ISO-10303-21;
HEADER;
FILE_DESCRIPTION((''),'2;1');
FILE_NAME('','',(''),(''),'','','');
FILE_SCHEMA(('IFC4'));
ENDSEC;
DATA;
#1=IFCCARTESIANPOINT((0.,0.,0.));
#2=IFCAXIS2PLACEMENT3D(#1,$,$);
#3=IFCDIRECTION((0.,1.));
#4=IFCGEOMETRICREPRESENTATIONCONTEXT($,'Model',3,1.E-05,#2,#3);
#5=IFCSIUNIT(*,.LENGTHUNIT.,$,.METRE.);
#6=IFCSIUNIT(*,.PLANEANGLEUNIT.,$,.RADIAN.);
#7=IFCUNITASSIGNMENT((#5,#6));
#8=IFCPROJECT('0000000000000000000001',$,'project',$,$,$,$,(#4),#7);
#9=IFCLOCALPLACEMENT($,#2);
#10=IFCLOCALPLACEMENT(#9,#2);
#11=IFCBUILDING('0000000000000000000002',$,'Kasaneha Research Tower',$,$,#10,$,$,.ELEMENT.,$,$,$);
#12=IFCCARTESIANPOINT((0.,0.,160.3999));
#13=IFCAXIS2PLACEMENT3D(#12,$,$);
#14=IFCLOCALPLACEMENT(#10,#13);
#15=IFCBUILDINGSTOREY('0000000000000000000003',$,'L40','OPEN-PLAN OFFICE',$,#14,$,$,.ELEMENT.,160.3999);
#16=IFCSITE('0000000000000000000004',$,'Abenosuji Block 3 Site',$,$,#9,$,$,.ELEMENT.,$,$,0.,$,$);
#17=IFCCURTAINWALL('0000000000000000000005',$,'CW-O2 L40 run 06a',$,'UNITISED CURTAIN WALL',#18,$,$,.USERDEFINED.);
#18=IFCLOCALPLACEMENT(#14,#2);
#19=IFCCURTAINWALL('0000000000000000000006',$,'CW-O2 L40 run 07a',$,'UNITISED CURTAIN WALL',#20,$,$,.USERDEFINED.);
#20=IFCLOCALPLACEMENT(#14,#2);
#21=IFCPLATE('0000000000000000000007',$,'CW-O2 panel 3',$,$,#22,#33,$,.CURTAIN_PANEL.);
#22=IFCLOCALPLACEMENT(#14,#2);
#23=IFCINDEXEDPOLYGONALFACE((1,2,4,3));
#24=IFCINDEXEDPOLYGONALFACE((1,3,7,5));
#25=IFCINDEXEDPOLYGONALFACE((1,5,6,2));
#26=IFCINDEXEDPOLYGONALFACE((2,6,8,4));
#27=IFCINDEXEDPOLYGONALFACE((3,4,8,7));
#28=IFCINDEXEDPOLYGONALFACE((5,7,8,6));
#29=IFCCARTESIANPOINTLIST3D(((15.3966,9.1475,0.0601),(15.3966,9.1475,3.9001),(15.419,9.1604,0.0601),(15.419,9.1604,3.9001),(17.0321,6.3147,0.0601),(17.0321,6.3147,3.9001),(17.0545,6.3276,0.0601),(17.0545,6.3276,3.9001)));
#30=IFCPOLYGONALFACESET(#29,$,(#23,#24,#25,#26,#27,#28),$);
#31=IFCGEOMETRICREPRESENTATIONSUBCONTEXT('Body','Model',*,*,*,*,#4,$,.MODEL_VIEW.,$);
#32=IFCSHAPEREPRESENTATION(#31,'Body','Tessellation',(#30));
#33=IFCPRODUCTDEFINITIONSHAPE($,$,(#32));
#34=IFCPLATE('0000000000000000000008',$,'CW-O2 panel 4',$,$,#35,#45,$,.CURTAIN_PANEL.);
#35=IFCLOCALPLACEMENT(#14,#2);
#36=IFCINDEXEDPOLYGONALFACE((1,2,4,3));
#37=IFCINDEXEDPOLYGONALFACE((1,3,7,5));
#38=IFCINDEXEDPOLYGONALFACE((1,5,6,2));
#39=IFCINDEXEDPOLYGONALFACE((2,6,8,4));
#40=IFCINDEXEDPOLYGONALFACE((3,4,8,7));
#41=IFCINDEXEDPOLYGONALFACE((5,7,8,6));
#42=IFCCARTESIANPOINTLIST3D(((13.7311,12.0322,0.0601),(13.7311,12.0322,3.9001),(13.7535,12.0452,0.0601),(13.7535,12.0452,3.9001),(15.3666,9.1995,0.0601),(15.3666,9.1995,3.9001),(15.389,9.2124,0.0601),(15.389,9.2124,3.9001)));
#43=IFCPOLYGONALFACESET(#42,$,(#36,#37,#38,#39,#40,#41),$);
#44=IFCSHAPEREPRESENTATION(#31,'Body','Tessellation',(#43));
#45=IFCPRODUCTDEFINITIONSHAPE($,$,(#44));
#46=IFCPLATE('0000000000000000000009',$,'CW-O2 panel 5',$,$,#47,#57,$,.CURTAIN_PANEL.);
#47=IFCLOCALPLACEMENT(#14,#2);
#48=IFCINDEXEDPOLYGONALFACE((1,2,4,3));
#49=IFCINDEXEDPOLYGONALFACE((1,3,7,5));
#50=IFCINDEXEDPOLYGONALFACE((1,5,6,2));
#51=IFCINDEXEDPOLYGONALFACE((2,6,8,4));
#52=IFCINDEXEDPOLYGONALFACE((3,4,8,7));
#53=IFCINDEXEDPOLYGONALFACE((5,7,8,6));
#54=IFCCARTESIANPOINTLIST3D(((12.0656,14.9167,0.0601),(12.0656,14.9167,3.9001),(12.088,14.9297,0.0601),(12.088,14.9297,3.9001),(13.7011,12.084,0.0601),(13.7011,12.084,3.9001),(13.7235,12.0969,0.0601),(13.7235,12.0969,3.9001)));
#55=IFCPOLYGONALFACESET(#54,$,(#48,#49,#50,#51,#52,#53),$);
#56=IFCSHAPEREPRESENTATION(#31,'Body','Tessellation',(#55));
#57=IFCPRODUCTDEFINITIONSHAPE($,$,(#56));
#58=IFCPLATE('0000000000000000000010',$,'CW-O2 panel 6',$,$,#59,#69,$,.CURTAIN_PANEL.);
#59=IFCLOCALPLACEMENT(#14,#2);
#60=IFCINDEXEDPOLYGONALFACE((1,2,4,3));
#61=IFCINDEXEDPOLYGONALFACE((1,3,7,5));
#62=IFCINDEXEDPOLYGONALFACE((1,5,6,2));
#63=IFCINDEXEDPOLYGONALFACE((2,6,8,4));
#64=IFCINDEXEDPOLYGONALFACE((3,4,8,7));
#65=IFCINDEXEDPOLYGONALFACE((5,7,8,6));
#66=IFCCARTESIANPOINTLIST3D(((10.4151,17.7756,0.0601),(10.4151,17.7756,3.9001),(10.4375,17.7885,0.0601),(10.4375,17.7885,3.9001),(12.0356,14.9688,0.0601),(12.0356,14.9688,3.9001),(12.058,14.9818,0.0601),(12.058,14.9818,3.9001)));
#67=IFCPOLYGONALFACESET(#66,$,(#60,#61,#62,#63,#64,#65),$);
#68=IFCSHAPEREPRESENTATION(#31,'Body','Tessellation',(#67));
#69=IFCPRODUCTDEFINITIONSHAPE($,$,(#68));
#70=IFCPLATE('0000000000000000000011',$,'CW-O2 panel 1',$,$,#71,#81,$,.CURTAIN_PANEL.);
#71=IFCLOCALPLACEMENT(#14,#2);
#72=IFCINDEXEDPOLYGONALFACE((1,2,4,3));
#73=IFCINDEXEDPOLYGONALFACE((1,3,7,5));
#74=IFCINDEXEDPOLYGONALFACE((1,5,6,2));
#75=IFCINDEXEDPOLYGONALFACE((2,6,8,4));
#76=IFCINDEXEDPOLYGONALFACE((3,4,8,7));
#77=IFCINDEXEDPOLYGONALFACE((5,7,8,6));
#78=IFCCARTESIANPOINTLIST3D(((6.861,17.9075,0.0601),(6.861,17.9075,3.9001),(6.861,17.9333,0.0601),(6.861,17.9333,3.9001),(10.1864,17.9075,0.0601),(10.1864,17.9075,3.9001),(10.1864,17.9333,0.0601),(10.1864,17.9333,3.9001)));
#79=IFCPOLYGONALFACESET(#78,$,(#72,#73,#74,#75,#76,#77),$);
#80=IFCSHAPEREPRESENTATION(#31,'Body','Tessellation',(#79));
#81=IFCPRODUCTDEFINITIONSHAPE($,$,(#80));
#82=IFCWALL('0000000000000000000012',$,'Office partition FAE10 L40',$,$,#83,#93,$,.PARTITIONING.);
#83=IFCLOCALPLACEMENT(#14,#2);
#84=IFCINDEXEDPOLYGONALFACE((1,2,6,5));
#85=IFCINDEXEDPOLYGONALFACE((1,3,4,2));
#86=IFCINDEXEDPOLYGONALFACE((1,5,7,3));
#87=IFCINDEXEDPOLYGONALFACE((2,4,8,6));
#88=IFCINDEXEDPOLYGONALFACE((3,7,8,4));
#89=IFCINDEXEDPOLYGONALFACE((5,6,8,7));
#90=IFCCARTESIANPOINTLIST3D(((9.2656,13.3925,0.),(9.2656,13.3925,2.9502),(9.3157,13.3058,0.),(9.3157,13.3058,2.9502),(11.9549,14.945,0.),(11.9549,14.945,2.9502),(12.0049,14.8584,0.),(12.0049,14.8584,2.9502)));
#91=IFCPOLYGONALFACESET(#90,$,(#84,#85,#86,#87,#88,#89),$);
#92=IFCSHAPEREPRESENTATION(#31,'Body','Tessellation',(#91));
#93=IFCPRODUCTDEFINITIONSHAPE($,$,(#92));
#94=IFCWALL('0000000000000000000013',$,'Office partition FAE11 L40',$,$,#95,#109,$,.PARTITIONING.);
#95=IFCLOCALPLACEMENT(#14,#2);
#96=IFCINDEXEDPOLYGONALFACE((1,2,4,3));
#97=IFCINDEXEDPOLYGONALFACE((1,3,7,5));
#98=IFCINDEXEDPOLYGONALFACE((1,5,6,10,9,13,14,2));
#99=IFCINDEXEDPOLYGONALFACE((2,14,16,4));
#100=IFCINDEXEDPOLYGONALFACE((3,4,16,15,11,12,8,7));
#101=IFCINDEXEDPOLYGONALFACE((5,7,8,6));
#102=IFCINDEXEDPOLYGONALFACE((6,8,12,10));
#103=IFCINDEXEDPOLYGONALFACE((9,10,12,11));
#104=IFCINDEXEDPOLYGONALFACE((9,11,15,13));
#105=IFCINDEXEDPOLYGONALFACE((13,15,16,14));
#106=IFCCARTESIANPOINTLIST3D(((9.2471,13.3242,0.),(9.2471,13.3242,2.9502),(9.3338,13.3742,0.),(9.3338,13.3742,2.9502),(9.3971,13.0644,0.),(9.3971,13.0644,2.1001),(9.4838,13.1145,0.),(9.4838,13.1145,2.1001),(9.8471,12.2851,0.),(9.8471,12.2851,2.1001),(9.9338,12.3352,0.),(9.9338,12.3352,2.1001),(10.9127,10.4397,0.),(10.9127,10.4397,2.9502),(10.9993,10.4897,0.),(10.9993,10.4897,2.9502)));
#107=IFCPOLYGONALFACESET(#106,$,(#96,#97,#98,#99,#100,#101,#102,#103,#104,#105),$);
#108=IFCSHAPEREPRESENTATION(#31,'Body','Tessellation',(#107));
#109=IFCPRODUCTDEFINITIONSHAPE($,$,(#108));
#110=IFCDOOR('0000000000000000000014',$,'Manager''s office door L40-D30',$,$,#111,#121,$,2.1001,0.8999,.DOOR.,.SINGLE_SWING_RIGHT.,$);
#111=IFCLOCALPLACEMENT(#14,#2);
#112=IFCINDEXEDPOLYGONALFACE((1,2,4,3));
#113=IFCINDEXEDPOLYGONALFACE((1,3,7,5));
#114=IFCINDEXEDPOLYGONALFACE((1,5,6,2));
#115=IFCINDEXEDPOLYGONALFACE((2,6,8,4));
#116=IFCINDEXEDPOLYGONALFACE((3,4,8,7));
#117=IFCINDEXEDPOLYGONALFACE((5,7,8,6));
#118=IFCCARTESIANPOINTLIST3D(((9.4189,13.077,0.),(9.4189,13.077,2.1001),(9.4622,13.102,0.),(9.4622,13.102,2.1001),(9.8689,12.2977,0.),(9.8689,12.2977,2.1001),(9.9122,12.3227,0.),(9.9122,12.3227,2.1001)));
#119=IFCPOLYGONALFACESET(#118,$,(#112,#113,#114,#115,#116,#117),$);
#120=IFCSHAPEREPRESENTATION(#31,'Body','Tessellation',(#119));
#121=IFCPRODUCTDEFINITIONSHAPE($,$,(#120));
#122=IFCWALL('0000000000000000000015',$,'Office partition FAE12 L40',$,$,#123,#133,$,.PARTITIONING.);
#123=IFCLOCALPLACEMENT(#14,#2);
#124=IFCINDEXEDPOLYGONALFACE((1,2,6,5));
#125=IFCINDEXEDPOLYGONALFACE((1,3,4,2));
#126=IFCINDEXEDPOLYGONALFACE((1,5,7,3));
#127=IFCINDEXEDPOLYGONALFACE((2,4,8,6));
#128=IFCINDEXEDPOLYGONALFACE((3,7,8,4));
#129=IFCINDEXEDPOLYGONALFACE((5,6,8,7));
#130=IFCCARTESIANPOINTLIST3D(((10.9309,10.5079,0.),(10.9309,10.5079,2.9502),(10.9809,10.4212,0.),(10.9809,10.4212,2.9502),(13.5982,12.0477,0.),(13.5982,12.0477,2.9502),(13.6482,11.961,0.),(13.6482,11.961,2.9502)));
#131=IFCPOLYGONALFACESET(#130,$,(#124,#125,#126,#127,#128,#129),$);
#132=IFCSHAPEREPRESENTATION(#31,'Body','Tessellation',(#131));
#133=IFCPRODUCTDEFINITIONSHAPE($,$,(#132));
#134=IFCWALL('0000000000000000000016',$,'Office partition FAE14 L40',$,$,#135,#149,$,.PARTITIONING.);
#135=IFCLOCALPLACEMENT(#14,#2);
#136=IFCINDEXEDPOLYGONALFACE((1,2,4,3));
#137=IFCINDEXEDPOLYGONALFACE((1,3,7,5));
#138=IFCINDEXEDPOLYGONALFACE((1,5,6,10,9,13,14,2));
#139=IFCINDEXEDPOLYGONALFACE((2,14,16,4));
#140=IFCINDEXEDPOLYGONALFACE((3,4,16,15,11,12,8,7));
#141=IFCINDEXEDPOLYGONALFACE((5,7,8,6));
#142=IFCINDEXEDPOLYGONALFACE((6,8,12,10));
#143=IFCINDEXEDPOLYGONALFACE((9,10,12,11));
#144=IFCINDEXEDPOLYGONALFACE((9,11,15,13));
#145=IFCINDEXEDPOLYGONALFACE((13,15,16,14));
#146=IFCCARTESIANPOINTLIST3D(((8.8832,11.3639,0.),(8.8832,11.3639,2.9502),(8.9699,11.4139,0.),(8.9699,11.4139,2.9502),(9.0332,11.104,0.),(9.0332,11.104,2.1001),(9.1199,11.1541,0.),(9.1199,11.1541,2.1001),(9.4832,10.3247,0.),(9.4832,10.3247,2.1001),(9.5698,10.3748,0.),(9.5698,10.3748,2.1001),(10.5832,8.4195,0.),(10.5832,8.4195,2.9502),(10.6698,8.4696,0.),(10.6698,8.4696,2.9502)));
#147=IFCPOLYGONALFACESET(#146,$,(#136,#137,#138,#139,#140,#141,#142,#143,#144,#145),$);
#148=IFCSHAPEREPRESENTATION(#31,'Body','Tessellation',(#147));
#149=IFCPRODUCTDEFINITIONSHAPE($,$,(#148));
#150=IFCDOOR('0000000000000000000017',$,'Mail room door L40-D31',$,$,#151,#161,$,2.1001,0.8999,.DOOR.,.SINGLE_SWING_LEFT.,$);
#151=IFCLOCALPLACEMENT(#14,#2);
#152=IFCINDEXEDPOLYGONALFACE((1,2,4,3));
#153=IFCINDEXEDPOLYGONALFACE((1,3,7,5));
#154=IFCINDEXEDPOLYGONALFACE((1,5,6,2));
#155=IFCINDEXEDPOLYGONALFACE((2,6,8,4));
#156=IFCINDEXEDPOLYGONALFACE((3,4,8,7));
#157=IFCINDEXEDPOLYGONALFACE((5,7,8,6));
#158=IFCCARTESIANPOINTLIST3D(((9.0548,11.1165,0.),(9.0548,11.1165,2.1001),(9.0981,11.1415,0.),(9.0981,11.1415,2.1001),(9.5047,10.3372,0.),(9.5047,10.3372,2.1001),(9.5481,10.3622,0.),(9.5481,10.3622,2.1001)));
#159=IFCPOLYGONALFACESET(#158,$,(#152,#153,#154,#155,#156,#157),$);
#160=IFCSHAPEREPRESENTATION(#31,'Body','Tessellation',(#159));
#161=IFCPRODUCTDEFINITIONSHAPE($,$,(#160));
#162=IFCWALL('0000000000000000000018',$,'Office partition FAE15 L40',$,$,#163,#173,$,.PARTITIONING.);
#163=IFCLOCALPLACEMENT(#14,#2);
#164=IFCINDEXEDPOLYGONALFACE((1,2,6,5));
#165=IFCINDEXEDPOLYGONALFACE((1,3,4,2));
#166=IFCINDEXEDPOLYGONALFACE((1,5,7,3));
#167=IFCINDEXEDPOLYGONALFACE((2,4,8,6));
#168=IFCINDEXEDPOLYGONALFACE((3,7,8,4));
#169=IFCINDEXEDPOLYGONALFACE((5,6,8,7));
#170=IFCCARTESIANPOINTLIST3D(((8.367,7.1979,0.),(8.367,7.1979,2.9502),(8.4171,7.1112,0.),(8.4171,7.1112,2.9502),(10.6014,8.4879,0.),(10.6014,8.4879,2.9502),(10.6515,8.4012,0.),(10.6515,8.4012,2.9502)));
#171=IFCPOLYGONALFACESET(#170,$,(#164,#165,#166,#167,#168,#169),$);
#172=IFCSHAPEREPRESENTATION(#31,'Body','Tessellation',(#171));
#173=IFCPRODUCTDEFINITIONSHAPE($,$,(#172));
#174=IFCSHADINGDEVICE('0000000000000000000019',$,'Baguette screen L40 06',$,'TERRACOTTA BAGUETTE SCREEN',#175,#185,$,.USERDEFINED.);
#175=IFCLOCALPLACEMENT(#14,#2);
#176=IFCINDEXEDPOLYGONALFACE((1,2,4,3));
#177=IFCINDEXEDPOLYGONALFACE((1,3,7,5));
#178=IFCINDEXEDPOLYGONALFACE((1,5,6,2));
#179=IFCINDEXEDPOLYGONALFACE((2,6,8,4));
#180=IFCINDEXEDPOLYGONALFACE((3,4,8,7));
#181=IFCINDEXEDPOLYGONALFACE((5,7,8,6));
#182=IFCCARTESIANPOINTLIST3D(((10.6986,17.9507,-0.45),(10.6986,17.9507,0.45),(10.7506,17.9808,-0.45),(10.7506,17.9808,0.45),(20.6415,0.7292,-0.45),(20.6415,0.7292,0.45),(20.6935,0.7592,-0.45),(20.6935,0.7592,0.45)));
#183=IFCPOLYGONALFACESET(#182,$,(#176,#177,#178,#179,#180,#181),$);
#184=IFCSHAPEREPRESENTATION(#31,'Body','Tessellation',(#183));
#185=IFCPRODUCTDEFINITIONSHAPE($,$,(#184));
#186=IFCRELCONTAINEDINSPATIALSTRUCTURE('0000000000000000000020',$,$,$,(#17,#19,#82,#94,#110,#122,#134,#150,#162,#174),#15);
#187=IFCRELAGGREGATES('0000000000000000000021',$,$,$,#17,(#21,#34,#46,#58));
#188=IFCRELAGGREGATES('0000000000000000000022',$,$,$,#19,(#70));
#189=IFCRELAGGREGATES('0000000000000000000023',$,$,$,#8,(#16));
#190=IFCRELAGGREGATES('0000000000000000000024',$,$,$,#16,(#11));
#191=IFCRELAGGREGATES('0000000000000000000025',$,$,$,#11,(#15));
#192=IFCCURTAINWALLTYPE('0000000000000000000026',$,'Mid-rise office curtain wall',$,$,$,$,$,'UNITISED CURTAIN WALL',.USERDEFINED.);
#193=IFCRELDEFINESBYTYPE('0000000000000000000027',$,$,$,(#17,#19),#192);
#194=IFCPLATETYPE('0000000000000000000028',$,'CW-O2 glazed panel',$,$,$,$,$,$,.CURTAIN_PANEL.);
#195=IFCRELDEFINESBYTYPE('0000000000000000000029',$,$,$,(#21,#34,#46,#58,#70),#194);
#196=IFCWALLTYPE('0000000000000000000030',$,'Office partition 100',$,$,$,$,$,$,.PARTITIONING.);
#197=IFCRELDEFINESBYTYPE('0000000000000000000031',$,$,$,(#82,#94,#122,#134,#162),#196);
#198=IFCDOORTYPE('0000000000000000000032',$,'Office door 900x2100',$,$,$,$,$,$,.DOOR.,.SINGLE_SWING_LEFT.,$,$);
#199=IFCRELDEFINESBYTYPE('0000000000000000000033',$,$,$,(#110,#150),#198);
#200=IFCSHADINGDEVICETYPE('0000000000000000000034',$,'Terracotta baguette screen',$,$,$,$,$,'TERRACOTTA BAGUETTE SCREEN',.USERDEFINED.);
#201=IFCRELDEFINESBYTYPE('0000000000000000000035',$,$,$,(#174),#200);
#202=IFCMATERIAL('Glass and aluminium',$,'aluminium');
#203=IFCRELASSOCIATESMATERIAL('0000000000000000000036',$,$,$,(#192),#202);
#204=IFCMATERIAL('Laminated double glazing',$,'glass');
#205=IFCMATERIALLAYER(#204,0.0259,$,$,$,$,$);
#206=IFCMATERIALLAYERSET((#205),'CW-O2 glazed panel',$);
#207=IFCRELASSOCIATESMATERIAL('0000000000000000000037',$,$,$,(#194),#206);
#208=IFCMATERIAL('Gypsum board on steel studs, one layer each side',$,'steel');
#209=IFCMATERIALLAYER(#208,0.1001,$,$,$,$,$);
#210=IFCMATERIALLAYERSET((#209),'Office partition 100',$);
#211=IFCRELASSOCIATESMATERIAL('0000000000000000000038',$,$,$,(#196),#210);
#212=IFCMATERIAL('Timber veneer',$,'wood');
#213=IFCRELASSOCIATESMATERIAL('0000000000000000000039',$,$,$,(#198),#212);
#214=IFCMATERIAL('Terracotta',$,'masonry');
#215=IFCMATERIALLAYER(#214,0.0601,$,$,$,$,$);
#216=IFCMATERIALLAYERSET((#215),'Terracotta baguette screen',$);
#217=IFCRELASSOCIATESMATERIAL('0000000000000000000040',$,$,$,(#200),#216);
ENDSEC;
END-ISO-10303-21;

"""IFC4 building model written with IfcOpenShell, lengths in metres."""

from ifc_helpers import new_model, si_unit, direction, frame, frame_2d, origin, origin_2d, place, context, subcontext, project, spatial, rectangle, extrude, material, layer, layer_set, type_object, element, fill, aggregate, save


model = new_model("IFC4")

# Units and contexts
model_context = context("Model", 3, precision=1e-05, world=origin(), true_north=direction((0.0, 1.0)))
body_context = subcontext(model_context, "Body", "Model", "MODEL_VIEW")
ifc_project = project(units=[si_unit("LENGTHUNIT", "METRE"), si_unit("PLANEANGLEUNIT", "RADIAN")], contexts=[model_context])

# Site, building, storey
site_placement = place(None, origin())
site = spatial("IfcSite", under=ifc_project, at=site_placement, Name="Abenosuji Block 3 Site", CompositionType="ELEMENT", RefElevation=0.0)
building_placement = place(site_placement, origin())
building = spatial("IfcBuilding", under=site, at=building_placement, Name="Kasaneha Research Tower", CompositionType="ELEMENT")
storey_placement = place(building_placement, frame((0.0, 0.0, 160.3999)))
storey = spatial("IfcBuildingStorey", under=building, at=storey_placement, Name="L40", Description="OPEN-PLAN OFFICE", CompositionType="ELEMENT", Elevation=160.3999)

# Curtain wall
ifc_material_1 = material(Name="Glass and aluminium", Category="aluminium")
curtain_wall_type = type_object("IfcCurtainWallType", Name="Mid-rise office curtain wall", ElementType="UNITISED CURTAIN WALL", PredefinedType="USERDEFINED", material=ifc_material_1)
curtain_wall_1_placement = place(storey_placement, origin())
curtain_wall_1 = element("IfcCurtainWall", 1, at=curtain_wall_1_placement, inside=storey, type_object=curtain_wall_type, Name="CW-O2 L40 run 06a", ObjectType="UNITISED CURTAIN WALL", PredefinedType="USERDEFINED")

# Curtain wall
curtain_wall_2_placement = place(storey_placement, origin())
curtain_wall_2 = element("IfcCurtainWall", 2, at=curtain_wall_2_placement, inside=storey, type_object=curtain_wall_type, Name="CW-O2 L40 run 07a", ObjectType="UNITISED CURTAIN WALL", PredefinedType="USERDEFINED")

# Plates
ifc_material_2 = material(Name="Laminated double glazing", Category="glass")
ifc_layer_1 = layer(ifc_material_2, 0.0259)
ifc_layer_set_1 = layer_set([ifc_layer_1], Name="CW-O2 glazed panel")
plate_type = type_object("IfcPlateType", Name="CW-O2 glazed panel", PredefinedType="CURTAIN_PANEL", material=ifc_layer_set_1)
plate_1_placement = place(storey_placement, frame((16.2256, 7.7375, 0.0601), z_axis=(0.0, 0.0, 1.0), x_axis=(-0.5, 0.866025, 0.0)))
plate_1 = element("IfcPlate", 3, at=plate_1_placement, type_object=plate_type, Name="CW-O2 panel 3", PredefinedType="CURTAIN_PANEL", context=body_context, shape_type="SweptSolid", body=[
    extrude(rectangle(XDim=3.271, YDim=0.0259, at=origin_2d()), origin(), (0.0, 0.0, 1.0), 3.8401),
])
plate_2_placement = place(storey_placement, frame((14.5601, 10.6223, 0.0601), z_axis=(0.0, 0.0, 1.0), x_axis=(-0.5, 0.866025, 0.0)))
plate_2 = element("IfcPlate", 4, at=plate_2_placement, type_object=plate_type, Name="CW-O2 panel 4", PredefinedType="CURTAIN_PANEL", context=body_context, shape_type="SweptSolid", body=[
    extrude(rectangle(XDim=3.271, YDim=0.0259, at=origin_2d()), origin(), (0.0, 0.0, 1.0), 3.8401),
])
plate_3_placement = place(storey_placement, frame((12.8945, 13.5068, 0.0601), z_axis=(0.0, 0.0, 1.0), x_axis=(-0.5, 0.866025, 0.0)))
plate_3 = element("IfcPlate", 5, at=plate_3_placement, type_object=plate_type, Name="CW-O2 panel 5", PredefinedType="CURTAIN_PANEL", context=body_context, shape_type="SweptSolid", body=[
    extrude(rectangle(XDim=3.271, YDim=0.0259, at=origin_2d()), origin(), (0.0, 0.0, 1.0), 3.8401),
])
plate_4_placement = place(storey_placement, frame((11.2366, 16.3787, 0.0601), z_axis=(0.0, 0.0, 1.0), x_axis=(-0.5, 0.866025, 0.0)))
plate_4 = element("IfcPlate", 6, at=plate_4_placement, type_object=plate_type, Name="CW-O2 panel 6", PredefinedType="CURTAIN_PANEL", context=body_context, shape_type="SweptSolid", body=[
    extrude(rectangle(XDim=3.241, YDim=0.0259, at=origin_2d()), origin(), (0.0, 0.0, 1.0), 3.8401),
])
aggregate(curtain_wall_1, [plate_1, plate_2, plate_3, plate_4])
plate_5_placement = place(storey_placement, frame((8.5237, 17.9204, 0.0601), z_axis=(0.0, 0.0, 1.0), x_axis=(-1.0, 0.0, 0.0)))
plate_5 = element("IfcPlate", 7, at=plate_5_placement, type_object=plate_type, Name="CW-O2 panel 1", PredefinedType="CURTAIN_PANEL", context=body_context, shape_type="SweptSolid", body=[
    extrude(rectangle(XDim=3.3254, YDim=0.0259, at=origin_2d()), origin(), (0.0, 0.0, 1.0), 3.8401),
])
aggregate(curtain_wall_2, [plate_5])

# Wall
ifc_material_3 = material(Name="Gypsum board on steel studs, one layer each side", Category="steel")
ifc_layer_2 = layer(ifc_material_3, 0.1001)
ifc_layer_set_2 = layer_set([ifc_layer_2], Name="Office partition 100")
wall_type = type_object("IfcWallType", Name="Office partition 100", PredefinedType="PARTITIONING", material=ifc_layer_set_2)
wall_1_placement = place(storey_placement, frame((9.2905, 13.3491, 0.0), z_axis=(0.0, 0.0, 1.0), x_axis=(0.866043, 0.49997, 0.0)))
element("IfcWall", 8, at=wall_1_placement, inside=storey, type_object=wall_type, Name="Office partition FAE10 L40", PredefinedType="PARTITIONING", context=body_context, shape_type="SweptSolid", body=[
    extrude(rectangle(XDim=3.1052, YDim=0.1001, at=frame_2d((1.5527, 0.0))), origin(), (0.0, 0.0, 1.0), 2.9502),
])

# Wall, opening, door
wall_2_placement = place(storey_placement, frame((10.9561, 10.4646, 0.0), z_axis=(0.0, 0.0, 1.0), x_axis=(-0.500033, 0.866006, 0.0)))
wall_2 = element("IfcWall", 9, at=wall_2_placement, inside=storey, type_object=wall_type, Name="Office partition FAE11 L40", PredefinedType="PARTITIONING", context=body_context, shape_type="SweptSolid", body=[
    extrude(rectangle(XDim=3.3308, YDim=0.1001, at=frame_2d((1.6655, 0.0))), origin(), (0.0, 0.0, 1.0), 2.9502),
])
opening_1_placement = place(wall_2_placement, frame((2.1311, 0.0, 0.0)))
opening_1 = element("IfcOpeningElement", 10, at=opening_1_placement, cuts=wall_2, PredefinedType="OPENING", context=body_context, shape_type="SweptSolid", body=[
    extrude(rectangle(XDim=0.8999, YDim=2.1001, at=frame_2d((0.45, 1.05))), frame((0.0, 0.0601, 0.0), z_axis=(0.0, -1.0, 0.0), x_axis=(1.0, 0.0, 0.0)), (0.0, 0.0, 1.0), 0.1201),
])
ifc_material_4 = material(Name="Timber veneer", Category="wood")
door_type = type_object("IfcDoorType", Name="Office door 900x2100", OperationType="SINGLE_SWING_LEFT", PredefinedType="DOOR", material=ifc_material_4)
door_1_placement = place(opening_1_placement, origin())
door_1 = element("IfcDoor", 11, at=door_1_placement, inside=storey, type_object=door_type, Name="Manager's office door L40-D30", OperationType="SINGLE_SWING_RIGHT", OverallHeight=2.1001, OverallWidth=0.8999, PredefinedType="DOOR", context=body_context, shape_type="SweptSolid", body=[
    extrude(rectangle(XDim=0.8999, YDim=2.1001, at=frame_2d((0.45, 1.05))), frame((0.0, 0.0249, 0.0), z_axis=(0.0, -1.0, 0.0), x_axis=(1.0, 0.0, 0.0)), (0.0, 0.0, 1.0), 0.05),
])
fill(opening_1, door_1)

# Wall
wall_3_placement = place(storey_placement, frame((13.6233, 12.0044, 0.0), z_axis=(0.0, 0.0, 1.0), x_axis=(-0.866044, -0.499967, 0.0)))
element("IfcWall", 12, at=wall_3_placement, inside=storey, type_object=wall_type, Name="Office partition FAE12 L40", PredefinedType="PARTITIONING", context=body_context, shape_type="SweptSolid", body=[
    extrude(rectangle(XDim=3.0798, YDim=0.1001, at=frame_2d((1.54, 0.0))), origin(), (0.0, 0.0, 1.0), 2.9502),
])

# Wall, opening, door
wall_4_placement = place(storey_placement, frame((8.9265, 11.3889, 0.0), z_axis=(0.0, 0.0, 1.0), x_axis=(0.500008, -0.866021, 0.0)))
wall_4 = element("IfcWall", 13, at=wall_4_placement, inside=storey, type_object=wall_type, Name="Office partition FAE14 L40", PredefinedType="PARTITIONING", context=body_context, shape_type="SweptSolid", body=[
    extrude(rectangle(XDim=3.3999, YDim=0.1001, at=frame_2d((1.7, 0.0))), origin(), (0.0, 0.0, 1.0), 2.9502),
])
opening_2_placement = place(wall_4_placement, frame((0.3, 0.0, 0.0)))
opening_2 = element("IfcOpeningElement", 14, at=opening_2_placement, cuts=wall_4, PredefinedType="OPENING", context=body_context, shape_type="SweptSolid", body=[
    extrude(rectangle(XDim=0.8999, YDim=2.1001, at=frame_2d((0.45, 1.05))), frame((0.0, 0.0601, 0.0), z_axis=(0.0, -1.0, 0.0), x_axis=(1.0, 0.0, 0.0)), (0.0, 0.0, 1.0), 0.1201),
])
door_2_placement = place(opening_2_placement, origin())
door_2 = element("IfcDoor", 15, at=door_2_placement, inside=storey, type_object=door_type, Name="Mail room door L40-D31", OperationType="SINGLE_SWING_LEFT", OverallHeight=2.1001, OverallWidth=0.8999, PredefinedType="DOOR", context=body_context, shape_type="SweptSolid", body=[
    extrude(rectangle(XDim=0.8999, YDim=2.1001, at=frame_2d((0.45, 1.05))), frame((0.0, 0.0249, 0.0), z_axis=(0.0, -1.0, 0.0), x_axis=(1.0, 0.0, 0.0)), (0.0, 0.0, 1.0), 0.05),
])
fill(opening_2, door_2)

# Wall
wall_5_placement = place(storey_placement, frame((10.6265, 8.4446, 0.0), z_axis=(0.0, 0.0, 1.0), x_axis=(-0.866022, -0.500006, 0.0)))
element("IfcWall", 16, at=wall_5_placement, inside=storey, type_object=wall_type, Name="Office partition FAE15 L40", PredefinedType="PARTITIONING", context=body_context, shape_type="SweptSolid", body=[
    extrude(rectangle(XDim=2.5801, YDim=0.1001, at=frame_2d((1.29, 0.0))), origin(), (0.0, 0.0, 1.0), 2.9502),
])

# Shading device
ifc_material_5 = material(Name="Terracotta", Category="masonry")
ifc_layer_3 = layer(ifc_material_5, 0.0601)
ifc_layer_set_3 = layer_set([ifc_layer_3], Name="Terracotta baguette screen")
shading_device_type = type_object("IfcShadingDeviceType", Name="Terracotta baguette screen", ElementType="TERRACOTTA BAGUETTE SCREEN", PredefinedType="USERDEFINED", material=ifc_layer_set_3)
shading_device_placement = place(storey_placement, frame((15.696, 9.355, -0.45), z_axis=(0.0, 0.0, 1.0), x_axis=(-0.5, 0.866025, 0.0)))
element("IfcShadingDevice", 17, at=shading_device_placement, inside=storey, type_object=shading_device_type, Name="Baguette screen L40 06", ObjectType="TERRACOTTA BAGUETTE SCREEN", PredefinedType="USERDEFINED", context=body_context, shape_type="SweptSolid", body=[
    extrude(rectangle(XDim=19.8857, YDim=0.0601, at=origin_2d()), origin(), (0.0, 0.0, 1.0), 0.8999),
])

save(model, "model.ifc")
